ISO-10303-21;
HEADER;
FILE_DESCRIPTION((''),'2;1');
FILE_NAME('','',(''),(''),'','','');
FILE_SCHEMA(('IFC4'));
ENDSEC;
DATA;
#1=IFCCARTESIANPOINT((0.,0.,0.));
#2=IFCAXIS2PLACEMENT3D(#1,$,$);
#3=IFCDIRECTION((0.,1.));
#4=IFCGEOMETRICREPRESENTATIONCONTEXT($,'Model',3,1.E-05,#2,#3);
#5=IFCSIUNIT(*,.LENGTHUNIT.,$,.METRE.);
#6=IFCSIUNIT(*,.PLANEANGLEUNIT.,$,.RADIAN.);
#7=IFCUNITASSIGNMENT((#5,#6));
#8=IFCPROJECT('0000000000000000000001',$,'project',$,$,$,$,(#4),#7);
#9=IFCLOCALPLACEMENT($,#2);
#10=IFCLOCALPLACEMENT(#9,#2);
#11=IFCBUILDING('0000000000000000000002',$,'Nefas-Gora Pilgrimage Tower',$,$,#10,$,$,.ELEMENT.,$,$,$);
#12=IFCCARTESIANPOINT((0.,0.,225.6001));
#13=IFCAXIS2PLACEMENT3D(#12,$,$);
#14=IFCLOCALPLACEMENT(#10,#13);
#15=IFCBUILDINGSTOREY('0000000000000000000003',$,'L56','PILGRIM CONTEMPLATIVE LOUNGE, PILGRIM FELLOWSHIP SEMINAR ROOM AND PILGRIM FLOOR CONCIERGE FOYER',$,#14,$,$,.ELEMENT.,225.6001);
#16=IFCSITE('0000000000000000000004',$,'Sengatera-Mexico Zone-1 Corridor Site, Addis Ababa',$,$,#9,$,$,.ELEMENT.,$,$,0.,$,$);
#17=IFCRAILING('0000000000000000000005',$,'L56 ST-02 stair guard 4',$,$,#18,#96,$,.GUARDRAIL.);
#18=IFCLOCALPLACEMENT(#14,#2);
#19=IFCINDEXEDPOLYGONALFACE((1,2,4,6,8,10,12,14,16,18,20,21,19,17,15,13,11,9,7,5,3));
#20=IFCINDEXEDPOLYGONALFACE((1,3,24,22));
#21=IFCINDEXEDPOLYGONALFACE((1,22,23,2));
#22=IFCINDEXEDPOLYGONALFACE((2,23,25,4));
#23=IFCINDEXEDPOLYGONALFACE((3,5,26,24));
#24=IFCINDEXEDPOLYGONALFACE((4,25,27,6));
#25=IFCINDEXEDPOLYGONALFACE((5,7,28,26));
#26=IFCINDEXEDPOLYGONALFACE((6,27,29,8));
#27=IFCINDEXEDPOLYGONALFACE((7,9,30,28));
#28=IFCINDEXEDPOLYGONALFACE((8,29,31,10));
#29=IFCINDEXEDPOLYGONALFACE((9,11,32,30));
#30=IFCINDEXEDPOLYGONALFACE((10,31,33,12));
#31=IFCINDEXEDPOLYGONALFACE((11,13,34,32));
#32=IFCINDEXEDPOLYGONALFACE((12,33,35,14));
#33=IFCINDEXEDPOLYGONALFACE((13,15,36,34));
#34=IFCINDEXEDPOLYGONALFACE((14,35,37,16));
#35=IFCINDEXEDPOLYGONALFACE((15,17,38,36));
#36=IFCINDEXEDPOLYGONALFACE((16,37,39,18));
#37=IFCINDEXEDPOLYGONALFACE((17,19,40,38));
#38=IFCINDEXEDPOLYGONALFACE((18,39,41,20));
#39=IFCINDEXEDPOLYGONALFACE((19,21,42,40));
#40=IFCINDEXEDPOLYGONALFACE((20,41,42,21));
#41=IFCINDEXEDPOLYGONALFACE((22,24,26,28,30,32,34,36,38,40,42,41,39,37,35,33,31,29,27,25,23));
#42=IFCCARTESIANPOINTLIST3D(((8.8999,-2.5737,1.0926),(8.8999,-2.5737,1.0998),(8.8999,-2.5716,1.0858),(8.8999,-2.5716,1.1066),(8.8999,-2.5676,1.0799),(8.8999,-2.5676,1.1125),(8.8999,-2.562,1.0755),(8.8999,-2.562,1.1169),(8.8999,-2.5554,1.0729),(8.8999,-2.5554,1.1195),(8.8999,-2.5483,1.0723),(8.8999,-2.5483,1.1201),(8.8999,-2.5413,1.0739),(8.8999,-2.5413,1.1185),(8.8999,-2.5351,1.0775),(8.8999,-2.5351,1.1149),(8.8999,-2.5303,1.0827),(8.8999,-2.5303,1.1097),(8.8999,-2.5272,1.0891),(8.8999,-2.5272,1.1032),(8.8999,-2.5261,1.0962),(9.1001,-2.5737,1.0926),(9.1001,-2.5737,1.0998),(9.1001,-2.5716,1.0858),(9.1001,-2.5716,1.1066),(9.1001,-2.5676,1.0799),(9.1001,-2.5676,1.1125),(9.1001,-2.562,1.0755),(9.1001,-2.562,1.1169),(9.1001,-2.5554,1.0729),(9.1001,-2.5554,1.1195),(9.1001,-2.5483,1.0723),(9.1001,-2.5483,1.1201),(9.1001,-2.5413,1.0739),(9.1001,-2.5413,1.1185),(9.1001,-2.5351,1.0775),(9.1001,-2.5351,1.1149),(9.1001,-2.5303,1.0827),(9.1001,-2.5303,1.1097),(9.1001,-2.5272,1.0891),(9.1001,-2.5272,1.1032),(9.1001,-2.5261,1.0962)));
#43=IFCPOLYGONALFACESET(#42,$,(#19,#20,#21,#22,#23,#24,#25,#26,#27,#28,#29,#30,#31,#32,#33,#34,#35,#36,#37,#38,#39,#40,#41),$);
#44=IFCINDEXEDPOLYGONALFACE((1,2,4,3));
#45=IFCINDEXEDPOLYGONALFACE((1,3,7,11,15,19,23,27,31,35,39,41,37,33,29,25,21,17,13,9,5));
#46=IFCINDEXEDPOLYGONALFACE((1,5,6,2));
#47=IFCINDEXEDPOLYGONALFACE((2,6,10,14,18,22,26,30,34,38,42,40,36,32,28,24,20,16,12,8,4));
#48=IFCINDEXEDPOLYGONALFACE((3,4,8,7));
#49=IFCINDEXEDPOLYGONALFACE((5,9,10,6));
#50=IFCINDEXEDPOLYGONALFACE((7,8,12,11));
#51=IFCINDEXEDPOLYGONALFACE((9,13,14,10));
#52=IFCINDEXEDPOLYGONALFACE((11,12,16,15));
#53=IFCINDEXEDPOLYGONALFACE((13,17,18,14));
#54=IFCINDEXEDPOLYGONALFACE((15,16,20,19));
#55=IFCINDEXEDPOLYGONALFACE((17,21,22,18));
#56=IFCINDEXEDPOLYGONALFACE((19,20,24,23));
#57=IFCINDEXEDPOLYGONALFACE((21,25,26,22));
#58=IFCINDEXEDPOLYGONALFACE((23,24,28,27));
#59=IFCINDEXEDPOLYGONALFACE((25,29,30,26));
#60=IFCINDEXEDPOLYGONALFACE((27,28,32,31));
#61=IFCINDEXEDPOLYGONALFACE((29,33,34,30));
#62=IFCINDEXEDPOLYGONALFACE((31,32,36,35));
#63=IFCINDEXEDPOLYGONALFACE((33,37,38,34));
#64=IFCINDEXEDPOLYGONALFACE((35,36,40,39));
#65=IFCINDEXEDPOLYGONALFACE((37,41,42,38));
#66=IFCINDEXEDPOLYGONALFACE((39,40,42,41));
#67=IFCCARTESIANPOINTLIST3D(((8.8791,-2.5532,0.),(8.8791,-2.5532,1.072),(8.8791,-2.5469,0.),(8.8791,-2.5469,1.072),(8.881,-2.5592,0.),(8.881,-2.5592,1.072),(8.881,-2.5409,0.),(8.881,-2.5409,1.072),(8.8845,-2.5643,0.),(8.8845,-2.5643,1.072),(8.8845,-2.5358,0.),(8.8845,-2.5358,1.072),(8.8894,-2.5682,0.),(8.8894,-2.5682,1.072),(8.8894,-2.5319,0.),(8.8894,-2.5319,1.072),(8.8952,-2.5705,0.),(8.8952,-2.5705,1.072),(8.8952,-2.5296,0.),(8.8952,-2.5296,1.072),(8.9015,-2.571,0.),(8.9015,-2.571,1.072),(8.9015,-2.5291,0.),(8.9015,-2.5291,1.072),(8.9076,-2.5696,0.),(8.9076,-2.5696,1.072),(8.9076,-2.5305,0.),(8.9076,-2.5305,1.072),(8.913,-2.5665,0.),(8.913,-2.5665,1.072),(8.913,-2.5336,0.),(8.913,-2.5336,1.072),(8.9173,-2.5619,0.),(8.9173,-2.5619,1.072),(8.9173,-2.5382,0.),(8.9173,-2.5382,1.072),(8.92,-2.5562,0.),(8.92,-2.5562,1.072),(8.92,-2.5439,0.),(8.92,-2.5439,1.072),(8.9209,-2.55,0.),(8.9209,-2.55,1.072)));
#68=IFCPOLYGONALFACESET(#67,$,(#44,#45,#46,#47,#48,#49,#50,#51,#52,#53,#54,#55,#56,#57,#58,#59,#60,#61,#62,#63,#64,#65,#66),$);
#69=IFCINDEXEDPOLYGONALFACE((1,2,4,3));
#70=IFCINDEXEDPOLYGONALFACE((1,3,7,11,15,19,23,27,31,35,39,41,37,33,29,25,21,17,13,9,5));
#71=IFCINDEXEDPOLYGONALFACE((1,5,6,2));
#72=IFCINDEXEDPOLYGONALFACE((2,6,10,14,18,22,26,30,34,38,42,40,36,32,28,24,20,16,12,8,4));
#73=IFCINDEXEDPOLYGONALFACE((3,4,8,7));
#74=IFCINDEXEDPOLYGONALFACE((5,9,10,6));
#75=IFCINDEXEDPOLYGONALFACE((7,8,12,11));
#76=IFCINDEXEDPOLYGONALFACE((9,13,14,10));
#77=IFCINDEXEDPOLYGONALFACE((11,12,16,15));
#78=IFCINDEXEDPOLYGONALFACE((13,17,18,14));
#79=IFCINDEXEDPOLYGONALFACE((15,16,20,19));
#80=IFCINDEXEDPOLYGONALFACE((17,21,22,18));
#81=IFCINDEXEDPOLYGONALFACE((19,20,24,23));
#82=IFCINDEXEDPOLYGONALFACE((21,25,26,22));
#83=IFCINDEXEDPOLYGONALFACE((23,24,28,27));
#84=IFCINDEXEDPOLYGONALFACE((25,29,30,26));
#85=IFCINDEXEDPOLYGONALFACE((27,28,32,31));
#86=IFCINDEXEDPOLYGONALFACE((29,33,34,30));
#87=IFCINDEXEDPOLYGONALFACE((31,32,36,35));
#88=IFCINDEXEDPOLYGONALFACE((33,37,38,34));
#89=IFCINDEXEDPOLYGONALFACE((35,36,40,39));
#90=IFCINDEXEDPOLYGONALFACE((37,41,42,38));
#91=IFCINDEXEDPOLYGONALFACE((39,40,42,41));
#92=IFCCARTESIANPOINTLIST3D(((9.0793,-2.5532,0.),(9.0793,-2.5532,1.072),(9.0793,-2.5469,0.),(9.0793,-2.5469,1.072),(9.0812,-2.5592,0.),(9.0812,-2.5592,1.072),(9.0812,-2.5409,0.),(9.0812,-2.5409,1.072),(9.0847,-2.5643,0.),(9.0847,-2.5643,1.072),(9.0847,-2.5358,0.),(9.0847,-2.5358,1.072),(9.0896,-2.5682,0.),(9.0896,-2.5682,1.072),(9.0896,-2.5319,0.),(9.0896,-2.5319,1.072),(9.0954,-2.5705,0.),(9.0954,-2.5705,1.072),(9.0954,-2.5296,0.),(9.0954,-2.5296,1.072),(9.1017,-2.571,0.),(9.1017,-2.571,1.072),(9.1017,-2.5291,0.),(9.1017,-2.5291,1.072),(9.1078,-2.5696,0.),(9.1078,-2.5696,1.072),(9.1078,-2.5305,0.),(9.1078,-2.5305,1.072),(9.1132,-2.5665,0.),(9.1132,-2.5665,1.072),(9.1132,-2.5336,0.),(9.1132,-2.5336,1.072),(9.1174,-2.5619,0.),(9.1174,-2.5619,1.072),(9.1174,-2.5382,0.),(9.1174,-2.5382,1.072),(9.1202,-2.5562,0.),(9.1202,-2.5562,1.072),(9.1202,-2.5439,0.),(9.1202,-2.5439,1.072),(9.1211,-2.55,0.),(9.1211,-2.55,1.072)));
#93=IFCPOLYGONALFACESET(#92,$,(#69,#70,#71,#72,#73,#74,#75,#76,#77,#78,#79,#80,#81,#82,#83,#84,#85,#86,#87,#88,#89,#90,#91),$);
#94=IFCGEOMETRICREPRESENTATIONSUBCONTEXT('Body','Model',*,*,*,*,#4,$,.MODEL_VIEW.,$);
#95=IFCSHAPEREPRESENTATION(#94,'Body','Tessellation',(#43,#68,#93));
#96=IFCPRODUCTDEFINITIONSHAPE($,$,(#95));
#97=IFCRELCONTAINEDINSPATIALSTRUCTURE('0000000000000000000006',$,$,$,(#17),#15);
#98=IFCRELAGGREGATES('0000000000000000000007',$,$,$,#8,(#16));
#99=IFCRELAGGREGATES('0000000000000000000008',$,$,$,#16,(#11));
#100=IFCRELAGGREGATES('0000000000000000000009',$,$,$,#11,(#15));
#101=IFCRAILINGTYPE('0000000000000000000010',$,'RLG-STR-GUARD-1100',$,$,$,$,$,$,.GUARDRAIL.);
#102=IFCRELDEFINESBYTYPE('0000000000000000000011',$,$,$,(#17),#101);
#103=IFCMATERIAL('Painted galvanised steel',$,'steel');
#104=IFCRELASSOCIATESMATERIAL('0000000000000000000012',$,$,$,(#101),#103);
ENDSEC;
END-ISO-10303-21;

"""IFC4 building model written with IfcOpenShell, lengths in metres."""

from ifc_helpers import new_model, si_unit, direction, frame, origin, origin_2d, place, context, subcontext, project, spatial, circle, extrude, material, type_object, element, save


model = new_model("IFC4")

# Units and contexts
model_context = context("Model", 3, precision=1e-05, world=origin(), true_north=direction((0.0, 1.0)))
body_context = subcontext(model_context, "Body", "Model", "MODEL_VIEW")
ifc_project = project(units=[si_unit("LENGTHUNIT", "METRE"), si_unit("PLANEANGLEUNIT", "RADIAN")], contexts=[model_context])

# Site, building, storey
site_placement = place(None, origin())
site = spatial("IfcSite", under=ifc_project, at=site_placement, Name="Sengatera-Mexico Zone-1 Corridor Site, Addis Ababa", CompositionType="ELEMENT", RefElevation=0.0)
building_placement = place(site_placement, origin())
building = spatial("IfcBuilding", under=site, at=building_placement, Name="Nefas-Gora Pilgrimage Tower", CompositionType="ELEMENT")
storey_placement = place(building_placement, frame((0.0, 0.0, 225.6001)))
storey = spatial("IfcBuildingStorey", under=building, at=storey_placement, Name="L56", Description="PILGRIM CONTEMPLATIVE LOUNGE, PILGRIM FELLOWSHIP SEMINAR ROOM AND PILGRIM FLOOR CONCIERGE FOYER", CompositionType="ELEMENT", Elevation=225.6001)

# Railing
ifc_material_1 = material(Name="Painted galvanised steel", Category="steel")
railing_type_1 = type_object("IfcRailingType", Name="RLG-STR-GUARD-1100", PredefinedType="GUARDRAIL", material=ifc_material_1)
railing_1_placement = place(storey_placement, frame((8.8999, -2.55, 0.0)))
element("IfcRailing", 1, at=railing_1_placement, inside=storey, type_object=railing_type_1, Name="L56 ST-02 stair guard 4", PredefinedType="GUARDRAIL", context=body_context, shape_type="SweptSolid", body=[
    extrude(circle(Radius=0.0239, at=origin_2d()), frame((0.0, 0.0, 1.0962), z_axis=(1.0, 0.0, 0.0), x_axis=(0.0, 1.0, 0.0)), (0.0, 0.0, 1.0), 0.2002),
    extrude(circle(Radius=0.021, at=origin_2d()), origin(), (0.0, 0.0, 1.0), 1.072),
    extrude(circle(Radius=0.021, at=origin_2d()), frame((0.2002, 0.0, 0.0)), (0.0, 0.0, 1.0), 1.072),
])

save(model, "model.ifc")
